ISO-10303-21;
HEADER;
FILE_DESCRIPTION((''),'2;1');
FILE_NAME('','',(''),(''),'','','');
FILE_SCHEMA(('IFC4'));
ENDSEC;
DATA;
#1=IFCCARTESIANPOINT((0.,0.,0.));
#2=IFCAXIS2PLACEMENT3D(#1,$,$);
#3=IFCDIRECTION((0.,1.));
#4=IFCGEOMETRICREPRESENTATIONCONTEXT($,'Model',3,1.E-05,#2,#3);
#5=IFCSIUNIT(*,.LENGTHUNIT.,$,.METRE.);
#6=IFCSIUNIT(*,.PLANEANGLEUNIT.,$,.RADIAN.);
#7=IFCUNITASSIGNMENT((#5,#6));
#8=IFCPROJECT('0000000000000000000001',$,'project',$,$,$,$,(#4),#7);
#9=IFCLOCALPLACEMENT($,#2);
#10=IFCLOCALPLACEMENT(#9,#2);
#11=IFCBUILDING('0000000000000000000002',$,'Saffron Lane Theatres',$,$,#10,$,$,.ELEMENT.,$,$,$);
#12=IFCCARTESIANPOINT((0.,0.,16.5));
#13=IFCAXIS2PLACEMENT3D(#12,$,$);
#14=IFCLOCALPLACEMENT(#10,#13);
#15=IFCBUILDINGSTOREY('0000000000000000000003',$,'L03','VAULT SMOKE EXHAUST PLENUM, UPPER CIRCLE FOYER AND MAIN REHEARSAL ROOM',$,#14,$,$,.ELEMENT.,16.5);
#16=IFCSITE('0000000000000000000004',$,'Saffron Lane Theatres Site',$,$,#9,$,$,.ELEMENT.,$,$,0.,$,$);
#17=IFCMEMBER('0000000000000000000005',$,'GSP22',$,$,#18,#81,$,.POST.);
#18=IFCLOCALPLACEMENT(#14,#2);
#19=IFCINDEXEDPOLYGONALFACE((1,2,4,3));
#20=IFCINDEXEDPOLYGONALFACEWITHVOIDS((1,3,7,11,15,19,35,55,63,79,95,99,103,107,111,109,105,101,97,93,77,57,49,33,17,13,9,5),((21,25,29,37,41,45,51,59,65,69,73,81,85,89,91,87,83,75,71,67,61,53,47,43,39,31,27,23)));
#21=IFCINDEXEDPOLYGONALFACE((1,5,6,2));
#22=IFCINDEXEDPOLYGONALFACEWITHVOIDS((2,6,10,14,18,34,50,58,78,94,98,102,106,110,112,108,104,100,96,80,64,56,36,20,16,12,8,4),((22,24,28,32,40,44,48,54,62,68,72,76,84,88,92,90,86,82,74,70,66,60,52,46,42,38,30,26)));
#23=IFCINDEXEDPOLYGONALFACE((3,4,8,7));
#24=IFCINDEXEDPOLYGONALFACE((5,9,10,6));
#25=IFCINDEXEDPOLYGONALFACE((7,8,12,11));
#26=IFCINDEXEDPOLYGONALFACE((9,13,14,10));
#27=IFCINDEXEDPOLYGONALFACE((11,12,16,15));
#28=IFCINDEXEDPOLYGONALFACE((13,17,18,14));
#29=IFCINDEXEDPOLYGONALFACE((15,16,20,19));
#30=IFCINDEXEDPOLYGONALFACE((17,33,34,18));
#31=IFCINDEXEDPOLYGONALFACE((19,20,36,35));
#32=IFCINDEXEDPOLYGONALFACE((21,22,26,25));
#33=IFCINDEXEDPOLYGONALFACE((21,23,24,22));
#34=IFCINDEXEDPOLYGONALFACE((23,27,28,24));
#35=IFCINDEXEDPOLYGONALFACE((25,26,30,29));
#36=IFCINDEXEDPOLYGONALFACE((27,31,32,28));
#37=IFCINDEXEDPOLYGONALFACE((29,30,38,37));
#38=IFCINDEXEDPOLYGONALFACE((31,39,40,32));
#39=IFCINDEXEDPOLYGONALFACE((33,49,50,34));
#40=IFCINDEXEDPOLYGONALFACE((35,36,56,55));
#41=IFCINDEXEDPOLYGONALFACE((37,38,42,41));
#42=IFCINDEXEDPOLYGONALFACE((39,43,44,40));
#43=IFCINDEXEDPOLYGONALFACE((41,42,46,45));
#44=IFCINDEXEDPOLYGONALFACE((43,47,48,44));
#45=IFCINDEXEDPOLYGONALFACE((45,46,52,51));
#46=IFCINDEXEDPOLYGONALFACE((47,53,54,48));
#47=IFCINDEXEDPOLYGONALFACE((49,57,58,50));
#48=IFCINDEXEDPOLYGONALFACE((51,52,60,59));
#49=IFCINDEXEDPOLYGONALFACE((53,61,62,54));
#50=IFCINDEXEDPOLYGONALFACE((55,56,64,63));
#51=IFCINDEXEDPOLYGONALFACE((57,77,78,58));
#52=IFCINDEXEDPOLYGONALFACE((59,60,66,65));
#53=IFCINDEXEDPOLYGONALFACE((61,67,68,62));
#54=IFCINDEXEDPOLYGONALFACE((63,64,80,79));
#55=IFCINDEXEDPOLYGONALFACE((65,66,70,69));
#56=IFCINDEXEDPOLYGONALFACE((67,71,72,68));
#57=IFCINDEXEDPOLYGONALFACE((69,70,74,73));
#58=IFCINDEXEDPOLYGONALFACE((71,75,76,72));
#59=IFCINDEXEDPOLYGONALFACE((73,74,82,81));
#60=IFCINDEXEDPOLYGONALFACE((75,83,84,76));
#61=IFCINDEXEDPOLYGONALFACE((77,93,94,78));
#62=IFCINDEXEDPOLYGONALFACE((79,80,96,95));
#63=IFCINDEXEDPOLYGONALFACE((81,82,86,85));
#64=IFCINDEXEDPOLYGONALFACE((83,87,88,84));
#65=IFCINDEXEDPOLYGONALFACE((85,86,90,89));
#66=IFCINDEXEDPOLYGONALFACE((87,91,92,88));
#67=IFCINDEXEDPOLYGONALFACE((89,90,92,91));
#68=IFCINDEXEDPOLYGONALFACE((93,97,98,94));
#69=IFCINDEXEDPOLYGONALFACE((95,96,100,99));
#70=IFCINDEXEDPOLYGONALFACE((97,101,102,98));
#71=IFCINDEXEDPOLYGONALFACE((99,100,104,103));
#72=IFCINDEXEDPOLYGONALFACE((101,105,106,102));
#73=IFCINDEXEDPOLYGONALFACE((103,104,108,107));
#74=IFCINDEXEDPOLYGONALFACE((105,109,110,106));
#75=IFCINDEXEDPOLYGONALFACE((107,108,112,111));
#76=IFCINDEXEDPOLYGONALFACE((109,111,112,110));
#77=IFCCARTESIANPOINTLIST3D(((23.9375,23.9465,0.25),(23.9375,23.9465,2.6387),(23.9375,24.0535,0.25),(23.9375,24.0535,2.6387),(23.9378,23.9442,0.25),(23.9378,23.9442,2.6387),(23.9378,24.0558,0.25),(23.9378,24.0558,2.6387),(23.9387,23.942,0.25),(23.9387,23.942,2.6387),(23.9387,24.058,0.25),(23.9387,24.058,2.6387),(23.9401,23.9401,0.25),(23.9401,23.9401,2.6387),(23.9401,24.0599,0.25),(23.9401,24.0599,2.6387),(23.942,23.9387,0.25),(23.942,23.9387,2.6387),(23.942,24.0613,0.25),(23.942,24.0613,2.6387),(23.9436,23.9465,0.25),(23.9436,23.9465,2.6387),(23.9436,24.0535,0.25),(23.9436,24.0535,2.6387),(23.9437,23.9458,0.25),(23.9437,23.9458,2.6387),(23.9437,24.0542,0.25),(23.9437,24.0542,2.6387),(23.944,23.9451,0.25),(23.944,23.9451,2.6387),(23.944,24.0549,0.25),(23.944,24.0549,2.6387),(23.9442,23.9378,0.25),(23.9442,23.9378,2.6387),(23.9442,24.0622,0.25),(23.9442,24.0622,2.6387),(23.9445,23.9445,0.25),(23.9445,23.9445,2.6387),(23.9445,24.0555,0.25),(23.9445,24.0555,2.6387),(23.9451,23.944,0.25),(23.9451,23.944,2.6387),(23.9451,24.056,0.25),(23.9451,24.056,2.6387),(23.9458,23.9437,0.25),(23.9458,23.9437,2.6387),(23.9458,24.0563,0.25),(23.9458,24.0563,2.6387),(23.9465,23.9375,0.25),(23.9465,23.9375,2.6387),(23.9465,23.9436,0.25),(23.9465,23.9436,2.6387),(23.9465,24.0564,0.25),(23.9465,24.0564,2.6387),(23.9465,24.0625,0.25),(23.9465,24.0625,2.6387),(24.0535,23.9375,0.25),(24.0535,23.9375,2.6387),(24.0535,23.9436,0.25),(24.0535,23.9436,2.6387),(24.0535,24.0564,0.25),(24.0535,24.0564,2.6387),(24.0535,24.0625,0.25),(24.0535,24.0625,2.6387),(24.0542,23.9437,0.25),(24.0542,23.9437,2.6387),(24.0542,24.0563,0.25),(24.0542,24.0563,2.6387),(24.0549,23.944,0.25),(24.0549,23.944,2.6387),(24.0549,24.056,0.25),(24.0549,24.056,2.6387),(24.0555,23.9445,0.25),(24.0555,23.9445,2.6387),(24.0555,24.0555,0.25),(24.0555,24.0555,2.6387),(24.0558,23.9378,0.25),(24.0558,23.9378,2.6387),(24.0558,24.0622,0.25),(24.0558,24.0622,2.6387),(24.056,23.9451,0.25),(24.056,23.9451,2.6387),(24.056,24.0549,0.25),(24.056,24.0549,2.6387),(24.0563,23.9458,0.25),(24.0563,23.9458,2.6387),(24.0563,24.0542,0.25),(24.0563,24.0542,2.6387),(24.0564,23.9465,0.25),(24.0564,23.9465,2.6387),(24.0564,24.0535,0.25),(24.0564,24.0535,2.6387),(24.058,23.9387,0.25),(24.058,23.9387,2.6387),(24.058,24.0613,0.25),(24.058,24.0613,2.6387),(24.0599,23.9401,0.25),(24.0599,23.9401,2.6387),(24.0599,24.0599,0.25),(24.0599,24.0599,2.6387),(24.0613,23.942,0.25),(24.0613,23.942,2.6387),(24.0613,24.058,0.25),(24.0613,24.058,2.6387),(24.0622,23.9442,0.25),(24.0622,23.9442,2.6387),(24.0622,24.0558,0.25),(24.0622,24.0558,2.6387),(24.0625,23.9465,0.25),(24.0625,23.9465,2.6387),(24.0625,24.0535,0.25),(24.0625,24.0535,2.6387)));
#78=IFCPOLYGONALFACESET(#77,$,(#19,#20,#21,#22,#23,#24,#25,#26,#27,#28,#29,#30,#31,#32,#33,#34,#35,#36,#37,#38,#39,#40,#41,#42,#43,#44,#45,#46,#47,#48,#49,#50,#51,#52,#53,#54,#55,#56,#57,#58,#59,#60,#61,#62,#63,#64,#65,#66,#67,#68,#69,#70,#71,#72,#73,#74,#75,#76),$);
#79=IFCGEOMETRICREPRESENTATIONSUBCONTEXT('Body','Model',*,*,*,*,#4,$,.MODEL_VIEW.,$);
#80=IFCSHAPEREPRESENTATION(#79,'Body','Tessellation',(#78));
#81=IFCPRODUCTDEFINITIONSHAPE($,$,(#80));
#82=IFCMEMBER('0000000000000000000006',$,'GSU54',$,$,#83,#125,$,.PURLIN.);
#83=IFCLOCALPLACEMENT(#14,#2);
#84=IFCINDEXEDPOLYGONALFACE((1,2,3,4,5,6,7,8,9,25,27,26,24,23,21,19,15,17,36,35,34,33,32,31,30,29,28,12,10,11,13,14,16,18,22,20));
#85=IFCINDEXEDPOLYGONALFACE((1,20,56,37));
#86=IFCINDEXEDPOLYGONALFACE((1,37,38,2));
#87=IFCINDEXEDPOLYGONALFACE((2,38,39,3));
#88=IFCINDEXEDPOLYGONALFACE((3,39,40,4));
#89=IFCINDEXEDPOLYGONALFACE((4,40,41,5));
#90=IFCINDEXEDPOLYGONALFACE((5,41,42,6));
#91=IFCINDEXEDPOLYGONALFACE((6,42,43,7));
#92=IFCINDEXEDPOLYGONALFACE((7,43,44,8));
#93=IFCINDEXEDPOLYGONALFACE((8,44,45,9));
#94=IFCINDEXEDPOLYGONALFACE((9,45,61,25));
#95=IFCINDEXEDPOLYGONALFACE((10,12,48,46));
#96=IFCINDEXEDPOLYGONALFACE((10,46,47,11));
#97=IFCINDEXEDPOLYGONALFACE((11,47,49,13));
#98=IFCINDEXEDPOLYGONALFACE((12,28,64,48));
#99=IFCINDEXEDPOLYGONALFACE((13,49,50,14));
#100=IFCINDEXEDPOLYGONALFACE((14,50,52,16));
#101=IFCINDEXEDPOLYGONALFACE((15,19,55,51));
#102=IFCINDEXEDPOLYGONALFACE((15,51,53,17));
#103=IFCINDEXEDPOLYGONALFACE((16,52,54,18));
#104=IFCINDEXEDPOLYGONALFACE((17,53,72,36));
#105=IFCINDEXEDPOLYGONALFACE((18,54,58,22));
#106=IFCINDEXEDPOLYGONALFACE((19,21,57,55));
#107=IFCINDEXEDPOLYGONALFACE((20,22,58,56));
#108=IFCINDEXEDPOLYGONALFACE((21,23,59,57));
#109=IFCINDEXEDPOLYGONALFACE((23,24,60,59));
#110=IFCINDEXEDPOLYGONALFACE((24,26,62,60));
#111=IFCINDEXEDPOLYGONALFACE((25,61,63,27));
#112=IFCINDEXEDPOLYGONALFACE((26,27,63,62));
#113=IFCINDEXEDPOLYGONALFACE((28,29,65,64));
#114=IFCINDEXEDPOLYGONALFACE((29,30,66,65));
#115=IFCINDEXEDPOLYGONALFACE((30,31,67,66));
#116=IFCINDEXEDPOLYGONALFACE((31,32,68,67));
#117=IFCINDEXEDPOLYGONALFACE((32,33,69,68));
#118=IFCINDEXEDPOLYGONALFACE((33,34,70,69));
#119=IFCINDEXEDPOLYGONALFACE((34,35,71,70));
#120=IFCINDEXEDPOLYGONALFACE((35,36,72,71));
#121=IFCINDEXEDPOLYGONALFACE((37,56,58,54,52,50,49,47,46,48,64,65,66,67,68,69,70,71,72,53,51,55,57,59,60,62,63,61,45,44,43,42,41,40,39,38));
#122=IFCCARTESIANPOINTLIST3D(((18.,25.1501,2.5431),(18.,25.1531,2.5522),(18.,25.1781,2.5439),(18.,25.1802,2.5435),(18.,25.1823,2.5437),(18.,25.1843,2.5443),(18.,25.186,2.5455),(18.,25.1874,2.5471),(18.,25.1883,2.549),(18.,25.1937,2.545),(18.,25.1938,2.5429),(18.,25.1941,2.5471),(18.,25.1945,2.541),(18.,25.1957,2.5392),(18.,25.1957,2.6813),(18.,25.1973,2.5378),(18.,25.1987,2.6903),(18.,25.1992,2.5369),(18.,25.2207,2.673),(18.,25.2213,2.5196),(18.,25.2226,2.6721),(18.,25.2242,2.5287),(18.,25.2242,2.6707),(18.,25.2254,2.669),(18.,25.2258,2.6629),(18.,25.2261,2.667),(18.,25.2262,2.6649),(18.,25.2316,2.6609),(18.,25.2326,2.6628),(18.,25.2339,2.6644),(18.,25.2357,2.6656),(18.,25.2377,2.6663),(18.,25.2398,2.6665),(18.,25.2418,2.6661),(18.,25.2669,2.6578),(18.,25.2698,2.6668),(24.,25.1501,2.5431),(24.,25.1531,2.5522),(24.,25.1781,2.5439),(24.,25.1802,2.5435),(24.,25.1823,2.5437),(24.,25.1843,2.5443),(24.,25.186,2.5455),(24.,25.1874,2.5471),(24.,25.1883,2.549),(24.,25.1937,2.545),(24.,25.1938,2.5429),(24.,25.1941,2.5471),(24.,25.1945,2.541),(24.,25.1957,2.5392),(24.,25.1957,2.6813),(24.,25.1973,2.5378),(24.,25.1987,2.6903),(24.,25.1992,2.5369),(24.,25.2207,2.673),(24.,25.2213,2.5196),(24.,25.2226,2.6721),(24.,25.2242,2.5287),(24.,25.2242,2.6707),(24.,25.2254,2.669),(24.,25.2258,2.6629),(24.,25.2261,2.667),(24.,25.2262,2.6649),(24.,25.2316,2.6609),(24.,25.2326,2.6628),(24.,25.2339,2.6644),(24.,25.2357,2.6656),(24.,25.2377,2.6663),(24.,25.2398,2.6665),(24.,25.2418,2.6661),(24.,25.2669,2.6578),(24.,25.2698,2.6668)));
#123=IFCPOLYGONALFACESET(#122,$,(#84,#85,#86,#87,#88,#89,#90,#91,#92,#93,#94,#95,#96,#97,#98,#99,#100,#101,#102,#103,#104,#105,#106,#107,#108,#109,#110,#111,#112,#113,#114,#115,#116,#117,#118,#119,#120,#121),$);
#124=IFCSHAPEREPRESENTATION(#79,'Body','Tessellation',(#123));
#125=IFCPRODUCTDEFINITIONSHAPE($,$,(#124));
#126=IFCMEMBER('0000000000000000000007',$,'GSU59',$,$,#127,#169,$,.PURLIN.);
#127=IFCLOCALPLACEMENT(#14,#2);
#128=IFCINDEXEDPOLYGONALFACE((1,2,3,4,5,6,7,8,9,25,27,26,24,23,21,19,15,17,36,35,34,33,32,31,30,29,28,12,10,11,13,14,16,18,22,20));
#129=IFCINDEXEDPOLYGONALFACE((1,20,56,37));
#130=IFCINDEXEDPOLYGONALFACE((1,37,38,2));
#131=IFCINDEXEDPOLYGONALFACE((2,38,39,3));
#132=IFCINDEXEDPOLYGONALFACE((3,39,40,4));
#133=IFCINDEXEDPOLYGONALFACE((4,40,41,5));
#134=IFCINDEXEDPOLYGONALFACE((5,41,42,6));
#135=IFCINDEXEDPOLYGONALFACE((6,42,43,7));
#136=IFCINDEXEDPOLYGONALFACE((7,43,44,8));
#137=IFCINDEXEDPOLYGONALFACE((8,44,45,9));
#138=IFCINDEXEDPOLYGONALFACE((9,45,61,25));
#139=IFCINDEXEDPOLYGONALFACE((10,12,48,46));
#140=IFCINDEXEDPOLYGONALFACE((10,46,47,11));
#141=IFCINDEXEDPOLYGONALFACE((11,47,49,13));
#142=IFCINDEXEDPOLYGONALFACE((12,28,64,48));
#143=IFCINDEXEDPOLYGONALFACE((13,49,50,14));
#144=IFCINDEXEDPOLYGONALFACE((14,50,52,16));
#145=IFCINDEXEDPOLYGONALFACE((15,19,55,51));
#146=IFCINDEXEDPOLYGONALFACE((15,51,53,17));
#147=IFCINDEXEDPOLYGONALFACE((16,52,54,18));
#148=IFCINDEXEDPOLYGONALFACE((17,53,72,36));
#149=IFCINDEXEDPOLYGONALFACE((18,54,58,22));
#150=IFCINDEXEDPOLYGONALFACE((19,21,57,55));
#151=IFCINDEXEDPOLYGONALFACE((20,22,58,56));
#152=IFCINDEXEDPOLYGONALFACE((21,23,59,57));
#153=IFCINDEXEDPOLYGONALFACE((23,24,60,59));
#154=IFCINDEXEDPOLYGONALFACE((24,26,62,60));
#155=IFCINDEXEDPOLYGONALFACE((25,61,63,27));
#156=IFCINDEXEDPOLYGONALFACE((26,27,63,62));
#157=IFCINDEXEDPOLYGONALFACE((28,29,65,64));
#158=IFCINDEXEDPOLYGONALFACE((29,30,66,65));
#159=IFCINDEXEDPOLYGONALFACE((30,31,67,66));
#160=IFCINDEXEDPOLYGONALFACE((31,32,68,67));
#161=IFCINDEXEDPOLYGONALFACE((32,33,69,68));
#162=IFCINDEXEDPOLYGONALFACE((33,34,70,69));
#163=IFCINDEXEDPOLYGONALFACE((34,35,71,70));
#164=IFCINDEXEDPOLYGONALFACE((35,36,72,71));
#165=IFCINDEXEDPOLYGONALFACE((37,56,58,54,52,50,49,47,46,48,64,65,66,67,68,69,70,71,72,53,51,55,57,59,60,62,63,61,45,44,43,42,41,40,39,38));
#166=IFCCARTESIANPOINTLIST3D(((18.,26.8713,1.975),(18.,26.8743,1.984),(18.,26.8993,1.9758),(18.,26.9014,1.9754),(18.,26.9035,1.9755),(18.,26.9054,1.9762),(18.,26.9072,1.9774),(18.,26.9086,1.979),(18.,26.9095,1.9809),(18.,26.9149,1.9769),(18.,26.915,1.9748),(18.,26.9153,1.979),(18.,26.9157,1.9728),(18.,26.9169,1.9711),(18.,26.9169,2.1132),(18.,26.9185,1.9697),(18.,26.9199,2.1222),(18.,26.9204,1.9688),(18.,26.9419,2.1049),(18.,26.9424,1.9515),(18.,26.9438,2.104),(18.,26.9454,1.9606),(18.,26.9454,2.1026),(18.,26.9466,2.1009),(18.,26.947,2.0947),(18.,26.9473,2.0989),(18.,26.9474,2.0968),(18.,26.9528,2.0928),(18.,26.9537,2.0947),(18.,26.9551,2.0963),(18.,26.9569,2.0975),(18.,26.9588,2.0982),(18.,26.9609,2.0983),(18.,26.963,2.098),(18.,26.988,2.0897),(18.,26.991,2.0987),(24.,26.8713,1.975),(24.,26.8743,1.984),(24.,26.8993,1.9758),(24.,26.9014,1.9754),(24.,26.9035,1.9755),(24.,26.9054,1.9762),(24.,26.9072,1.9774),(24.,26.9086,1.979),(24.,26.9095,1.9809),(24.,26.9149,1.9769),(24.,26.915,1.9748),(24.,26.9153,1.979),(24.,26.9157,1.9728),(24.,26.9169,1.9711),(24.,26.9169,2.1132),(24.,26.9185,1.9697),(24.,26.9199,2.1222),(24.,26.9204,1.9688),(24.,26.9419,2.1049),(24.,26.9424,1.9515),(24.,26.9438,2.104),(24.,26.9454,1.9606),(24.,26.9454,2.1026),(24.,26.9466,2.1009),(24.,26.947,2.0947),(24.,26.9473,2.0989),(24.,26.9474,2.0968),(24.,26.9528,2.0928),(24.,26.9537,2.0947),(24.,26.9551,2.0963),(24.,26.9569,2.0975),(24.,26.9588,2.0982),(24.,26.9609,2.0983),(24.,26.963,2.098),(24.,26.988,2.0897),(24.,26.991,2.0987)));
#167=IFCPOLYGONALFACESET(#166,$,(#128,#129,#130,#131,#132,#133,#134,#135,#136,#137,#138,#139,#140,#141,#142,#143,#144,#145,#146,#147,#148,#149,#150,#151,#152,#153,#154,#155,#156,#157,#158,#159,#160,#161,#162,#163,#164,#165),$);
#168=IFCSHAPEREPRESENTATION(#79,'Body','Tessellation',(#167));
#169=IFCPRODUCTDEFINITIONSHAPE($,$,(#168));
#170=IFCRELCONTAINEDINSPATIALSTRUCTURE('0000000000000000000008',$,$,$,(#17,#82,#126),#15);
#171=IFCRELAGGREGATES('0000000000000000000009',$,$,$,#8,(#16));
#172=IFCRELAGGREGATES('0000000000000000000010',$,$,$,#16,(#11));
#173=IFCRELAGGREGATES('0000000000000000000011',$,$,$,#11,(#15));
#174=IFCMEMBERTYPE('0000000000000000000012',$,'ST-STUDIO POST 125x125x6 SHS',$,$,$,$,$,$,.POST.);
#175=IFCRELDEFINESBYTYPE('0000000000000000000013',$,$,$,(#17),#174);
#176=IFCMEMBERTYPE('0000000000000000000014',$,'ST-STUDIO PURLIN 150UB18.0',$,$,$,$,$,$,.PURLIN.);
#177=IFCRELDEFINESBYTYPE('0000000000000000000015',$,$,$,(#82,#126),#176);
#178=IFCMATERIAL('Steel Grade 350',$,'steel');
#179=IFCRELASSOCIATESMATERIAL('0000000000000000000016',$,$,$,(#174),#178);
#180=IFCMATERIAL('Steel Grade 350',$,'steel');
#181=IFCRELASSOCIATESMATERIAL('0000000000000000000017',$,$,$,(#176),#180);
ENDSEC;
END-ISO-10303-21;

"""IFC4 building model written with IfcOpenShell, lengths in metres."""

from ifc_helpers import new_model, si_unit, direction, frame, origin, origin_2d, place, context, subcontext, project, spatial, hollow_rectangle, i_section, extrude, material, material_profile, profile_set, type_object, element, save


model = new_model("IFC4")

# Units and contexts
model_context = context("Model", 3, precision=1e-05, world=origin(), true_north=direction((0.0, 1.0)))
body_context = subcontext(model_context, "Body", "Model", "MODEL_VIEW")
ifc_project = project(units=[si_unit("LENGTHUNIT", "METRE"), si_unit("PLANEANGLEUNIT", "RADIAN")], contexts=[model_context])

# Site, building, storey
site_placement = place(None, origin())
site = spatial("IfcSite", under=ifc_project, at=site_placement, Name="Saffron Lane Theatres Site", CompositionType="ELEMENT", RefElevation=0.0)
building_placement = place(site_placement, origin())
building = spatial("IfcBuilding", under=site, at=building_placement, Name="Saffron Lane Theatres", CompositionType="ELEMENT")
storey_placement = place(building_placement, frame((0.0, 0.0, 16.5)))
storey = spatial("IfcBuildingStorey", under=building, at=storey_placement, Name="L03", Description="VAULT SMOKE EXHAUST PLENUM, UPPER CIRCLE FOYER AND MAIN REHEARSAL ROOM", CompositionType="ELEMENT", Elevation=16.5)

# Members
ifc_material_1 = material(Name="Steel Grade 350", Category="steel")
ifc_material_profile_1 = material_profile(ifc_material_1, hollow_rectangle(XDim=0.125, YDim=0.125, WallThickness=0.0061, InnerFilletRadius=0.0029, OuterFilletRadius=0.009, at=origin_2d()))
ifc_profile_set_1 = profile_set([ifc_material_profile_1], Name="Steel Grade 350")
member_type_1 = type_object("IfcMemberType", Name="ST-STUDIO POST 125x125x6 SHS", PredefinedType="POST", material=ifc_profile_set_1)
member_1_placement = place(storey_placement, frame((24.0, 24.0, 0.25), z_axis=(0.0, 0.0, 1.0), x_axis=(1.0, 0.0, 0.0)))
element("IfcMember", 1, at=member_1_placement, inside=storey, type_object=member_type_1, Name="GSP22", PredefinedType="POST", context=body_context, shape_type="SweptSolid", body=[
    extrude(hollow_rectangle(XDim=0.125, YDim=0.125, WallThickness=0.0061, InnerFilletRadius=0.0029, OuterFilletRadius=0.009, at=origin_2d()), origin(), (0.0, 0.0, 1.0), 2.3887),
])
ifc_material_2 = material(Name="Steel Grade 350", Category="steel")
ifc_material_profile_2 = material_profile(ifc_material_2, i_section(OverallWidth=0.075, OverallDepth=0.155, WebThickness=0.0061, FlangeThickness=0.0095, FilletRadius=0.0081, at=origin_2d()))
ifc_profile_set_2 = profile_set([ifc_material_profile_2], Name="Steel Grade 350")
member_type_2 = type_object("IfcMemberType", Name="ST-STUDIO PURLIN 150UB18.0", PredefinedType="PURLIN", material=ifc_profile_set_2)
for number, where, z_axis, x_axis, name in (
    (2, (18.0, 25.21, 2.605), (1.0, 0.0, 0.0), (0.0, 0.949629, -0.313377), "GSU54"),
    (3, (18.0, 26.9312, 2.0369), (1.0, 0.0, 0.0), (0.0, 0.949629, -0.313377), "GSU59"),
):
    element("IfcMember", number, at=place(storey_placement, frame(where, z_axis=z_axis, x_axis=x_axis)), inside=storey, type_object=member_type_2, Name=name, PredefinedType="PURLIN", context=body_context, shape_type="SweptSolid", body=[
        extrude(i_section(OverallWidth=0.075, OverallDepth=0.155, WebThickness=0.0061, FlangeThickness=0.0095, FilletRadius=0.0081, at=origin_2d()), origin(), (0.0, 0.0, 1.0), 6.0),
    ])

save(model, "model.ifc")
